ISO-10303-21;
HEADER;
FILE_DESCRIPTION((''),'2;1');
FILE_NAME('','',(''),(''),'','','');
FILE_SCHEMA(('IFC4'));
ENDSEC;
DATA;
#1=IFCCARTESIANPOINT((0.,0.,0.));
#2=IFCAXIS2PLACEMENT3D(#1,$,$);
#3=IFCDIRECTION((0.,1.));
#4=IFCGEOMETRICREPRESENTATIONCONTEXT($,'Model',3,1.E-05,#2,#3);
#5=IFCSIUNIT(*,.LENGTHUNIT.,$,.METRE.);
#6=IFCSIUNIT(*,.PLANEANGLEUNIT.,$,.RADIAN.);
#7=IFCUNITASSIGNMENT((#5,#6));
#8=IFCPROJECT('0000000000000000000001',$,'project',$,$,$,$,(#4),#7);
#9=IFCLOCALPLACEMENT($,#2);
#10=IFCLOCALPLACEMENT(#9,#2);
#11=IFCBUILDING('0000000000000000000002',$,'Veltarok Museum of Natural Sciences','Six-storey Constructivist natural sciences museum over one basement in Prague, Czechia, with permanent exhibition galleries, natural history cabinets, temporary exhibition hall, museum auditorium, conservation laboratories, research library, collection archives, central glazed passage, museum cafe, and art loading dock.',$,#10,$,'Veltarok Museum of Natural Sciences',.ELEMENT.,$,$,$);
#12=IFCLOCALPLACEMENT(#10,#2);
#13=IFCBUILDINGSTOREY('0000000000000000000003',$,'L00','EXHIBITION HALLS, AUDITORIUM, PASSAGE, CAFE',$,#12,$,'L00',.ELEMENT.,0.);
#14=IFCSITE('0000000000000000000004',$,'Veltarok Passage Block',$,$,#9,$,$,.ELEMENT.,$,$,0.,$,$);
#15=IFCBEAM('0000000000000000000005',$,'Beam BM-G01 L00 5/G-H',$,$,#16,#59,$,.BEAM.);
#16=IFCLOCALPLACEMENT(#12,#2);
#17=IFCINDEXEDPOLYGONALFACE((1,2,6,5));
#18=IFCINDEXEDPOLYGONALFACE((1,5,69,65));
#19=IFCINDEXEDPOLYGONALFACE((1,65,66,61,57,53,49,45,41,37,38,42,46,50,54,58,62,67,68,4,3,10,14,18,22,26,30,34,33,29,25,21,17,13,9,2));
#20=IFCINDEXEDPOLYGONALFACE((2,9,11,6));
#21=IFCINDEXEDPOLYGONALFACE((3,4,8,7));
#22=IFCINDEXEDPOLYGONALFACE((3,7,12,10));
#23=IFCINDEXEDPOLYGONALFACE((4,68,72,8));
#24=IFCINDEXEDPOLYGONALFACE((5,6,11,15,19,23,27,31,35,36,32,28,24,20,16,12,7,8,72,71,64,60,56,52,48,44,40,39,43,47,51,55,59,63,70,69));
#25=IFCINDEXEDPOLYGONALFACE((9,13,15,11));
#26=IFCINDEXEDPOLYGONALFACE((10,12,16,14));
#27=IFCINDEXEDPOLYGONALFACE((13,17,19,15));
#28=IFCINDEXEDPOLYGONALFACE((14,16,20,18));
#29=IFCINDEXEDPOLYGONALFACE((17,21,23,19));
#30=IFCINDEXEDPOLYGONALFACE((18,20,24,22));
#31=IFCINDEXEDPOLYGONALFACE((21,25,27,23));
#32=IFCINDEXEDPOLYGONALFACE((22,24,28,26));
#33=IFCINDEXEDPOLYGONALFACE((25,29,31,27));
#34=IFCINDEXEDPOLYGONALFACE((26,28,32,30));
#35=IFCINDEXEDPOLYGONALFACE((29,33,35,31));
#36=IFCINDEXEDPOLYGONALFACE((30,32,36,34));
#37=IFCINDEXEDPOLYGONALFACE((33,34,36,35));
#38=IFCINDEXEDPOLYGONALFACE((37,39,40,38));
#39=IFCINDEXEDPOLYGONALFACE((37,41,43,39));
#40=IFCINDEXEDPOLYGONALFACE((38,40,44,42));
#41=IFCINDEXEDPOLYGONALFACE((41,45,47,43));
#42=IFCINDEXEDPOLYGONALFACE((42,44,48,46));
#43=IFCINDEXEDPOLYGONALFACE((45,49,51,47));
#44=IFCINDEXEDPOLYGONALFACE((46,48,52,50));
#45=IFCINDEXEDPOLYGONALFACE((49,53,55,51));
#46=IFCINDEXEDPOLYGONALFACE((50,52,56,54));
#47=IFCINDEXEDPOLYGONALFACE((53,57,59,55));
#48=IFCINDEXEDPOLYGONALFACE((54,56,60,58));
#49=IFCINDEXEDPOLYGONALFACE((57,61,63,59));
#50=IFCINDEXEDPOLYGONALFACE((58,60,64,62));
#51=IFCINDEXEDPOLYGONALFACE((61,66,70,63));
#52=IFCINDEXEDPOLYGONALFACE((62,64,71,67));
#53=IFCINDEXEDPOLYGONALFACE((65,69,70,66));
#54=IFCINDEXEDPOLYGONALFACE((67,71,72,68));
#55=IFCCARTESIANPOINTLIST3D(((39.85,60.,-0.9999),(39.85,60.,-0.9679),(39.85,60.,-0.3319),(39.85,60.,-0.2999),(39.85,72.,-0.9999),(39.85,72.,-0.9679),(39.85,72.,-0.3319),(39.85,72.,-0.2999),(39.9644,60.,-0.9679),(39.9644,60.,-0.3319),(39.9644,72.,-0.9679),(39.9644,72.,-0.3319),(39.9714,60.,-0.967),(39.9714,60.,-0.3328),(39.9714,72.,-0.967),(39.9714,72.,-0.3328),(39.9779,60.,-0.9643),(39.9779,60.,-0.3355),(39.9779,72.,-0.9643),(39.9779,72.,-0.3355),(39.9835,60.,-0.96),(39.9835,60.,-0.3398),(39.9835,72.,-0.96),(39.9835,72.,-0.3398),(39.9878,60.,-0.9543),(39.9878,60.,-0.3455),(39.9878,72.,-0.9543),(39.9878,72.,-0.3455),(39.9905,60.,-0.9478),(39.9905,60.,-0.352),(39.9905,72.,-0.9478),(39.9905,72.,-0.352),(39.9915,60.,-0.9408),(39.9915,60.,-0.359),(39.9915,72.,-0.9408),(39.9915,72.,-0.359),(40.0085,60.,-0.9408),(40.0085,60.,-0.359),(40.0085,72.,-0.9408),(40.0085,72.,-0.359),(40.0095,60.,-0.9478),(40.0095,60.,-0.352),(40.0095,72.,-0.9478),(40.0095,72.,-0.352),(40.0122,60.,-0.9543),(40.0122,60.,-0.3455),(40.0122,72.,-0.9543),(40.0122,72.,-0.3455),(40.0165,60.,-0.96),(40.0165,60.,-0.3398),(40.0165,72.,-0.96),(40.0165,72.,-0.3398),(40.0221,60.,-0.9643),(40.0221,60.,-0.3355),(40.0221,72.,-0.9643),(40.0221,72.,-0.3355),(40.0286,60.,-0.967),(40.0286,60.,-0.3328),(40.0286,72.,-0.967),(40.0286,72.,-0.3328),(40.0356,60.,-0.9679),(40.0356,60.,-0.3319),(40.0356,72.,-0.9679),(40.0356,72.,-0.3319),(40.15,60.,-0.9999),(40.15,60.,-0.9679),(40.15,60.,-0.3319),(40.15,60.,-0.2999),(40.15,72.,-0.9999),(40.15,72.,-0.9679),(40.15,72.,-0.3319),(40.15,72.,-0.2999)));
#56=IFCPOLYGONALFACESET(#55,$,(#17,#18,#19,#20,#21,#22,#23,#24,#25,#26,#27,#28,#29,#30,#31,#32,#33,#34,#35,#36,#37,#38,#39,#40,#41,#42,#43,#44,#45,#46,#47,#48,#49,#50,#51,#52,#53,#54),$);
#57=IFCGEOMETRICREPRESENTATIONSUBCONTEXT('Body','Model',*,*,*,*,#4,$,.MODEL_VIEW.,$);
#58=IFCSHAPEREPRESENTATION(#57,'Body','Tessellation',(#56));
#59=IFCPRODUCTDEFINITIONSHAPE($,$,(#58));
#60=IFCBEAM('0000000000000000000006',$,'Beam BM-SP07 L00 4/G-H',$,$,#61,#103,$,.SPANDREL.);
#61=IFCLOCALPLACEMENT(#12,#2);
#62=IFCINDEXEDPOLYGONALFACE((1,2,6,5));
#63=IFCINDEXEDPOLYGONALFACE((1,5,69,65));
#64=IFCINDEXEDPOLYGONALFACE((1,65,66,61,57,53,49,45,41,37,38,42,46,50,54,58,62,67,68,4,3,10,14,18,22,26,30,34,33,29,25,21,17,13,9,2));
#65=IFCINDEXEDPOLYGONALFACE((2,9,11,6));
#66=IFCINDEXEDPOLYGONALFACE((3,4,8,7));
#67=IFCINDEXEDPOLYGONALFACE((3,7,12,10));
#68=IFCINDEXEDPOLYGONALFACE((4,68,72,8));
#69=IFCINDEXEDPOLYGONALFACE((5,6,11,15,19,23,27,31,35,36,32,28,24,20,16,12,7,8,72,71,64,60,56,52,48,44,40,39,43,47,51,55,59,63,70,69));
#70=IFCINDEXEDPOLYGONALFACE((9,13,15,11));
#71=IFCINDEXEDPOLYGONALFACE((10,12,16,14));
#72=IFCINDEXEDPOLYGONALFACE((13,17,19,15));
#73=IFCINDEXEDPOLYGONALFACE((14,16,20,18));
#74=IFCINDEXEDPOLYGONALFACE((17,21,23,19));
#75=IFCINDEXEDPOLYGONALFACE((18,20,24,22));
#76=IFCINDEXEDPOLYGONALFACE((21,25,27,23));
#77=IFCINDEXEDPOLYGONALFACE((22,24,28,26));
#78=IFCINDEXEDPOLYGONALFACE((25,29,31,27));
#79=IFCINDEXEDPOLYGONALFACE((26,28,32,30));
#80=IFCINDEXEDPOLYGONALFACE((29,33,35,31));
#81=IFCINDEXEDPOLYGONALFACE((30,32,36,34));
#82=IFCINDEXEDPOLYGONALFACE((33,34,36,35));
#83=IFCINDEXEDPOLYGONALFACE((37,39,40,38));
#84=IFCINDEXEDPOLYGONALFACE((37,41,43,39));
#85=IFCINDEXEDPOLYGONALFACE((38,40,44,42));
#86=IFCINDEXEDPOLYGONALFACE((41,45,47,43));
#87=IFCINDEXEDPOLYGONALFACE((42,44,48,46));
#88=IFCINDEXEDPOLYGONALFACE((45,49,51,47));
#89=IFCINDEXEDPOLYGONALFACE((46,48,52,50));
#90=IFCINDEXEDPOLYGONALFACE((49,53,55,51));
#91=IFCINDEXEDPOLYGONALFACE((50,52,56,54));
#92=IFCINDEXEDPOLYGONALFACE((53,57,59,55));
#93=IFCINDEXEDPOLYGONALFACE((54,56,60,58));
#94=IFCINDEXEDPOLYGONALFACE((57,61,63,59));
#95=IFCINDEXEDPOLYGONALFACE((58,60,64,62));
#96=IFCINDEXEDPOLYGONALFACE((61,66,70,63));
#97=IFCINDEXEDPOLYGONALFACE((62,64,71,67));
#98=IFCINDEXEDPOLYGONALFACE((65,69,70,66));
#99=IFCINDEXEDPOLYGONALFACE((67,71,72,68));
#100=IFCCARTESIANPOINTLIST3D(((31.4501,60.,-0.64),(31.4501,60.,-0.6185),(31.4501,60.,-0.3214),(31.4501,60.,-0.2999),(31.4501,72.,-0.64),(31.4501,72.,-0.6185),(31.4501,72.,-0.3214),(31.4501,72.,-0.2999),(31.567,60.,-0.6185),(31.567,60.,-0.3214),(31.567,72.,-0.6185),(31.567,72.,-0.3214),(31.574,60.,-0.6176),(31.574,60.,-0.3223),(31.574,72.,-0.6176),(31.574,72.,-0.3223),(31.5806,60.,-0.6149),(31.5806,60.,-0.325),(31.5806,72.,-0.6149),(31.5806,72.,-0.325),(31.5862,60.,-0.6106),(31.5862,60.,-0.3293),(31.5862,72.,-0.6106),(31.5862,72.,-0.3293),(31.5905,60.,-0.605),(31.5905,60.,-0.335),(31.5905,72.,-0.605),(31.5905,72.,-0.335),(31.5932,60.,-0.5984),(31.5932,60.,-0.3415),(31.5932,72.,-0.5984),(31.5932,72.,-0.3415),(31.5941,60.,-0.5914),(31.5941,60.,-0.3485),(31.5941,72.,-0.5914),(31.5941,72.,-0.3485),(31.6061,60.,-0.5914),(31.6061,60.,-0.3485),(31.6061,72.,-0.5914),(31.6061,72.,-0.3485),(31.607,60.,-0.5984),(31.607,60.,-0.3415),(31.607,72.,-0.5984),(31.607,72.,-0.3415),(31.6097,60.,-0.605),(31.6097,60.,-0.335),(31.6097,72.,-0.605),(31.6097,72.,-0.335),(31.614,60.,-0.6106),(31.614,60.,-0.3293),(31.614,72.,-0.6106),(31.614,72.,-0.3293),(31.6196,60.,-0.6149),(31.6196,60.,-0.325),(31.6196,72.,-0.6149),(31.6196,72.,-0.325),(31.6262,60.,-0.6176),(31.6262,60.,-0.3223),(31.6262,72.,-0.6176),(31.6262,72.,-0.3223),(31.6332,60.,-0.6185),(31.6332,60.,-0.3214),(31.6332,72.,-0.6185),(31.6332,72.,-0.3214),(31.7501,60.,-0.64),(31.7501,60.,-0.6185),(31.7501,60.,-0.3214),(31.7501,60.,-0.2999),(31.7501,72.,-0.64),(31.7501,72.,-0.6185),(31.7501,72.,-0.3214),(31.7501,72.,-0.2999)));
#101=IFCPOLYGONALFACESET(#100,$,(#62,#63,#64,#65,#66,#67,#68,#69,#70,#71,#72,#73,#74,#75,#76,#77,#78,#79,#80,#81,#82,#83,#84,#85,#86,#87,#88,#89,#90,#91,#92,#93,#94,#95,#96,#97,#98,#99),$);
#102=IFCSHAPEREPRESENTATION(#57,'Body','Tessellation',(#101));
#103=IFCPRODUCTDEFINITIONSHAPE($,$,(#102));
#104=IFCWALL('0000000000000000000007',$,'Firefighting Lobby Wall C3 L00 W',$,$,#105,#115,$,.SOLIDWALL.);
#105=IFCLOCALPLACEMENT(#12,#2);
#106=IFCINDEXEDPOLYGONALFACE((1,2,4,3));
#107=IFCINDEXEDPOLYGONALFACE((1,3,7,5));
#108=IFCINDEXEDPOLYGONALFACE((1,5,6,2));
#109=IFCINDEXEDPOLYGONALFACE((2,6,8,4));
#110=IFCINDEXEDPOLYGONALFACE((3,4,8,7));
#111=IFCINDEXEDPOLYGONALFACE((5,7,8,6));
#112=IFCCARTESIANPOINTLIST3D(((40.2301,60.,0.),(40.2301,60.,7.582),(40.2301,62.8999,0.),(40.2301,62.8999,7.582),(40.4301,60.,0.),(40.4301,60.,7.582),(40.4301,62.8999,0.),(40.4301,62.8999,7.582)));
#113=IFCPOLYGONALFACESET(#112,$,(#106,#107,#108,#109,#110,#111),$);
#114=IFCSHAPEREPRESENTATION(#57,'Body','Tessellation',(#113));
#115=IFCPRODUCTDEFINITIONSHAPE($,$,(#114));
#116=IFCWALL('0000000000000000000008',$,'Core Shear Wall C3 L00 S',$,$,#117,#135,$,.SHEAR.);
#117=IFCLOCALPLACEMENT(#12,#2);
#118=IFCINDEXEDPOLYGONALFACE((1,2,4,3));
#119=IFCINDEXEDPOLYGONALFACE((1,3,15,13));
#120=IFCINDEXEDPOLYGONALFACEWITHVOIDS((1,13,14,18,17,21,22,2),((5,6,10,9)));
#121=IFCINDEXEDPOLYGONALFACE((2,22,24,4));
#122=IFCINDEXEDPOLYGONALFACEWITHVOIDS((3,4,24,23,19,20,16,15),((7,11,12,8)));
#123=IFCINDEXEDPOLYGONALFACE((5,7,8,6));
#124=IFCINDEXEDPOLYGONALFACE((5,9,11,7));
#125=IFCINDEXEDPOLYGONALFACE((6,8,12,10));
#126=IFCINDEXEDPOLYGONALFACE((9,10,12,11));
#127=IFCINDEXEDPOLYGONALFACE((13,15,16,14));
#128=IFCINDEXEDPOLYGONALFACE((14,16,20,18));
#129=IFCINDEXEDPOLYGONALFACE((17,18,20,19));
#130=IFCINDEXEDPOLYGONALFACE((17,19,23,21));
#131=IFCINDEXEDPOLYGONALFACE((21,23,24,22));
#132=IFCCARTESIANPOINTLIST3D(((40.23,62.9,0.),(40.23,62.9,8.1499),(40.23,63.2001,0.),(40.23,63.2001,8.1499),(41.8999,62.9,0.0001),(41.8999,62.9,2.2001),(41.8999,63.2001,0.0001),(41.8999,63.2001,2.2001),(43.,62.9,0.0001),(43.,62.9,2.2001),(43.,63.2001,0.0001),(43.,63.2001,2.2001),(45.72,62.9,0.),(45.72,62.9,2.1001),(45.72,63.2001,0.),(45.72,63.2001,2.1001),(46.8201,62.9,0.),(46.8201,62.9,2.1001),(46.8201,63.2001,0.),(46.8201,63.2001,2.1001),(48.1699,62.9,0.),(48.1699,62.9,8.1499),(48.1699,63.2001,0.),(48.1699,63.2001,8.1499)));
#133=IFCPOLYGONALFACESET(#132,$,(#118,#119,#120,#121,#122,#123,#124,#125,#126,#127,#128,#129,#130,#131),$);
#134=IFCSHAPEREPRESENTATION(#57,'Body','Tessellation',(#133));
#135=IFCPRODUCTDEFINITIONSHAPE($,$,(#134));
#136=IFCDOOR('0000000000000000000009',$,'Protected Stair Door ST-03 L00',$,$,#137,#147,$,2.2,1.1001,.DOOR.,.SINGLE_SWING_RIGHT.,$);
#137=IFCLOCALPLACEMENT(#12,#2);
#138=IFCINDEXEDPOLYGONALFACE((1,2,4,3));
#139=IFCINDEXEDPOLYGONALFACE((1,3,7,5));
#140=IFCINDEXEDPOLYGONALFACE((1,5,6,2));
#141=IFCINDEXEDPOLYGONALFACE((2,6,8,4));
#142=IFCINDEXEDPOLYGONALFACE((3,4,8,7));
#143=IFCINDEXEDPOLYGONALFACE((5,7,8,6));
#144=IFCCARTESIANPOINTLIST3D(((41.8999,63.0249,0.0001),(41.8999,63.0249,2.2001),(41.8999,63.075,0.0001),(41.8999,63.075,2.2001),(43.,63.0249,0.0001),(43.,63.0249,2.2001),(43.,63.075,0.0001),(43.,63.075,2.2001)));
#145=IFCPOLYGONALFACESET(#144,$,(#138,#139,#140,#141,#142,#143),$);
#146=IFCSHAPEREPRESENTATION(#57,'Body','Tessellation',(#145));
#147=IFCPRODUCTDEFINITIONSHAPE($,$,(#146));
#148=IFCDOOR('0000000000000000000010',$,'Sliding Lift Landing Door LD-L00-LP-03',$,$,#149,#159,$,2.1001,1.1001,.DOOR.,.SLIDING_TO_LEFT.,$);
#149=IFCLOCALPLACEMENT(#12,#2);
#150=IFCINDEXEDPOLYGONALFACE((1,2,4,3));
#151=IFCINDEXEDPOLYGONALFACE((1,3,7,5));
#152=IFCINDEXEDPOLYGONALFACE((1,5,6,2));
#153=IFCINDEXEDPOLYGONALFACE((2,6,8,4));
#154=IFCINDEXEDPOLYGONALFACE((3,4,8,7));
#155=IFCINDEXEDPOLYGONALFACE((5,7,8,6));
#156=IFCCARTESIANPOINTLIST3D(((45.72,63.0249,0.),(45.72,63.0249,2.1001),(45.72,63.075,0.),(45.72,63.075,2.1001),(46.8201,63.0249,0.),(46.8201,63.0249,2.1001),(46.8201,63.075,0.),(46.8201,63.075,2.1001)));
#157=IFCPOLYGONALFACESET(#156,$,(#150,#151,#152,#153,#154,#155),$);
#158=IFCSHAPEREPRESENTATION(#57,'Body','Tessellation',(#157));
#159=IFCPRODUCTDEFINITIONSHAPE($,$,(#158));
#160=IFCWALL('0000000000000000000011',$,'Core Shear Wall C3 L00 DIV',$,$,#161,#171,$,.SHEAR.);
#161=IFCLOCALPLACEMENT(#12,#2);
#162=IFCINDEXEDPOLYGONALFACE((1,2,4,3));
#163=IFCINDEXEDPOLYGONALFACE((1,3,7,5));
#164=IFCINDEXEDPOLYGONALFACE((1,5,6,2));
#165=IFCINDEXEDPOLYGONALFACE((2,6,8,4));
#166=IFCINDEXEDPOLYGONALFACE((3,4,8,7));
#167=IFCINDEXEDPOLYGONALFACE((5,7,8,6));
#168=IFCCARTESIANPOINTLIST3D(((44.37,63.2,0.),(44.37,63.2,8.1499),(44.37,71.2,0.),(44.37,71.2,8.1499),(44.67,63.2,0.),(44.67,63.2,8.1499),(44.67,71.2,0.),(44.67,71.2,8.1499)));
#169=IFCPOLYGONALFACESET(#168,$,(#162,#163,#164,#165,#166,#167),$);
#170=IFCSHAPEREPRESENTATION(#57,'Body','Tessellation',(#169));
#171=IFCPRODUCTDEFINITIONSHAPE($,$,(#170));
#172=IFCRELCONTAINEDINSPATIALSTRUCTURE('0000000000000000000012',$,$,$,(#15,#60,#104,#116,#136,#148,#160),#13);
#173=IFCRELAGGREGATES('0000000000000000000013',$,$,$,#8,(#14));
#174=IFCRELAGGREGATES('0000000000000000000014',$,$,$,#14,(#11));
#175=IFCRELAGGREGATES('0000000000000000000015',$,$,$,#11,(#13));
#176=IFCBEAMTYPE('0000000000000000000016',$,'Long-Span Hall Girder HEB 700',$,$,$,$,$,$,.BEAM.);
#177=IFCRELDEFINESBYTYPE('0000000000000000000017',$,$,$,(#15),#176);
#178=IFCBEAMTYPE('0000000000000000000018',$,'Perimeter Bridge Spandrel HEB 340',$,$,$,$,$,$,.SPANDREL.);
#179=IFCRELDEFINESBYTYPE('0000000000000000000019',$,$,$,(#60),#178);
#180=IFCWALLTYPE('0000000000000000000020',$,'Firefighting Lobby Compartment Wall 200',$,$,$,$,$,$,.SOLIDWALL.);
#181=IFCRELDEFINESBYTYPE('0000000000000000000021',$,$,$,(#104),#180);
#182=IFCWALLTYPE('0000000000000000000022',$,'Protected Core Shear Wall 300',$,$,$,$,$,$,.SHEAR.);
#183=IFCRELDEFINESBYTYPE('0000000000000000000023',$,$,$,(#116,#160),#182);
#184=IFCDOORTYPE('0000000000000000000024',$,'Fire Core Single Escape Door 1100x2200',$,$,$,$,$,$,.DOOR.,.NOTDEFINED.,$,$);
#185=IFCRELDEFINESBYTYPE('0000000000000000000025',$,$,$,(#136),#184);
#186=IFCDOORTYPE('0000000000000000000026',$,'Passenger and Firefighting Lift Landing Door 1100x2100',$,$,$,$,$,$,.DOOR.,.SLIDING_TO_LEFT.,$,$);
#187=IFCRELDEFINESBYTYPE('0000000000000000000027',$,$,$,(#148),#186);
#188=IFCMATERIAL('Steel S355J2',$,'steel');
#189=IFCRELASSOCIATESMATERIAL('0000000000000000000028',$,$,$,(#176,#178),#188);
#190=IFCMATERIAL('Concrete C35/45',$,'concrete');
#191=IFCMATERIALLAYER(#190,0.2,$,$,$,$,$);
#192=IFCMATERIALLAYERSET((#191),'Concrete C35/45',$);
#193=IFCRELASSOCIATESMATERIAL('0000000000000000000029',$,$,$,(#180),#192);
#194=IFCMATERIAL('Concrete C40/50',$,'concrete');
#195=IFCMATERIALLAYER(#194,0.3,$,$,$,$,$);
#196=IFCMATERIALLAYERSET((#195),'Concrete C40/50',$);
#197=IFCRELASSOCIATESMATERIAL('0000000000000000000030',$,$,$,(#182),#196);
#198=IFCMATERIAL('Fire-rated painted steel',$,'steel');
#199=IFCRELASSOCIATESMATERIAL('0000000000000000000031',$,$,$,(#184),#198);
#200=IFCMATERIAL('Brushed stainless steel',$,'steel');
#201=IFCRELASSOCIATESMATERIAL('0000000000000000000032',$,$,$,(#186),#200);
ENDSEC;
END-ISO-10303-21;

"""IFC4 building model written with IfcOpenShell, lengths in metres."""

from ifc_helpers import new_model, si_unit, direction, frame, frame_2d, origin, origin_2d, place, context, subcontext, project, spatial, rectangle, i_section, extrude, material, layer, layer_set, material_profile, profile_set, type_object, element, fill, save


model = new_model("IFC4")

# Units and contexts
model_context = context("Model", 3, precision=1e-05, world=origin(), true_north=direction((0.0, 1.0)))
body_context = subcontext(model_context, "Body", "Model", "MODEL_VIEW")
ifc_project = project(units=[si_unit("LENGTHUNIT", "METRE"), si_unit("PLANEANGLEUNIT", "RADIAN")], contexts=[model_context])

# Site, building, storey
site_placement = place(None, origin())
site = spatial("IfcSite", under=ifc_project, at=site_placement, Name="Veltarok Passage Block", CompositionType="ELEMENT", RefElevation=0.0)
building_placement = place(site_placement, origin())
building = spatial("IfcBuilding", under=site, at=building_placement, Name="Veltarok Museum of Natural Sciences", Description="Six-storey Constructivist natural sciences museum over one basement in Prague, Czechia, with permanent exhibition galleries, natural history cabinets, temporary exhibition hall, museum auditorium, conservation laboratories, research library, collection archives, central glazed passage, museum cafe, and art loading dock.", LongName="Veltarok Museum of Natural Sciences", CompositionType="ELEMENT")
storey_placement = place(building_placement, origin())
storey = spatial("IfcBuildingStorey", under=building, at=storey_placement, Name="L00", Description="EXHIBITION HALLS, AUDITORIUM, PASSAGE, CAFE", LongName="L00", CompositionType="ELEMENT", Elevation=0.0)

# Shared definitions
ifc_material_1 = material(Name="Steel S355J2", Category="steel")

# Beams
ifc_material_profile_1 = material_profile(ifc_material_1, i_section(OverallWidth=0.3, OverallDepth=0.7, WebThickness=0.0171, FlangeThickness=0.032, FilletRadius=0.0271, at=origin_2d()), Name="HEB 700")
ifc_profile_set_1 = profile_set([ifc_material_profile_1], Name="Steel S355J2")
beam_type_1 = type_object("IfcBeamType", Name="Long-Span Hall Girder HEB 700", PredefinedType="BEAM", material=ifc_profile_set_1)
beam_1_placement = place(storey_placement, frame((40.0, 60.0, -0.6499), z_axis=(0.0, 1.0, 0.0), x_axis=(-1.0, 0.0, 0.0)))
element("IfcBeam", 1, at=beam_1_placement, inside=storey, type_object=beam_type_1, Name="Beam BM-G01 L00 5/G-H", PredefinedType="BEAM", context=body_context, shape_type="SweptSolid", body=[
    extrude(i_section(OverallWidth=0.3, OverallDepth=0.7, WebThickness=0.0171, FlangeThickness=0.032, FilletRadius=0.0271, at=origin_2d()), origin(), (0.0, 0.0, 1.0), 12.0),
])
ifc_material_profile_2 = material_profile(ifc_material_1, i_section(OverallWidth=0.3, OverallDepth=0.3401, WebThickness=0.012, FlangeThickness=0.0215, FilletRadius=0.0271, at=origin_2d()), Name="HEB 340")
ifc_profile_set_2 = profile_set([ifc_material_profile_2], Name="Steel S355J2")
beam_type_2 = type_object("IfcBeamType", Name="Perimeter Bridge Spandrel HEB 340", PredefinedType="SPANDREL", material=ifc_profile_set_2)
beam_2_placement = place(storey_placement, frame((31.6001, 60.0, -0.47), z_axis=(0.0, 1.0, 0.0), x_axis=(-1.0, 0.0, 0.0)))
element("IfcBeam", 2, at=beam_2_placement, inside=storey, type_object=beam_type_2, Name="Beam BM-SP07 L00 4/G-H", PredefinedType="SPANDREL", context=body_context, shape_type="SweptSolid", body=[
    extrude(i_section(OverallWidth=0.3, OverallDepth=0.3401, WebThickness=0.012, FlangeThickness=0.0215, FilletRadius=0.0271, at=origin_2d()), origin(), (0.0, 0.0, 1.0), 12.0),
])

# Wall
ifc_material_2 = material(Name="Concrete C35/45", Category="concrete")
ifc_layer_1 = layer(ifc_material_2, 0.2)
ifc_layer_set_1 = layer_set([ifc_layer_1], Name="Concrete C35/45")
wall_type_1 = type_object("IfcWallType", Name="Firefighting Lobby Compartment Wall 200", PredefinedType="SOLIDWALL", material=ifc_layer_set_1)
wall_1_placement = place(storey_placement, frame((40.3301, 60.0, 0.0), z_axis=(0.0, 0.0, 1.0), x_axis=(0.0, 1.0, 0.0)))
element("IfcWall", 3, at=wall_1_placement, inside=storey, type_object=wall_type_1, Name="Firefighting Lobby Wall C3 L00 W", PredefinedType="SOLIDWALL", context=body_context, shape_type="SweptSolid", body=[
    extrude(rectangle(XDim=2.8999, YDim=0.2, at=frame_2d((1.45, 0.0))), origin(), (0.0, 0.0, 1.0), 7.582),
])

# Wall, openings, doors
ifc_material_3 = material(Name="Concrete C40/50", Category="concrete")
ifc_layer_2 = layer(ifc_material_3, 0.3)
ifc_layer_set_2 = layer_set([ifc_layer_2], Name="Concrete C40/50")
wall_type_2 = type_object("IfcWallType", Name="Protected Core Shear Wall 300", PredefinedType="SHEAR", material=ifc_layer_set_2)
wall_2_placement = place(storey_placement, frame((40.23, 63.05, 0.0), z_axis=(0.0, 0.0, 1.0), x_axis=(1.0, 0.0, 0.0)))
wall_2 = element("IfcWall", 4, at=wall_2_placement, inside=storey, type_object=wall_type_2, Name="Core Shear Wall C3 L00 S", PredefinedType="SHEAR", context=body_context, shape_type="SweptSolid", body=[
    extrude(rectangle(XDim=7.9399, YDim=0.3, at=frame_2d((3.97, 0.0))), origin(), (0.0, 0.0, 1.0), 8.1499),
])
opening_1_placement = place(wall_2_placement, frame((1.6699, 0.0, 0.0)))
opening_1 = element("IfcOpeningElement", 5, at=opening_1_placement, cuts=wall_2, PredefinedType="OPENING", context=body_context, shape_type="SweptSolid", body=[
    extrude(rectangle(XDim=1.1001, YDim=2.2, at=frame_2d((0.55, 1.1001))), frame((0.0, 0.1602, 0.0), z_axis=(0.0, -1.0, 0.0), x_axis=(1.0, 0.0, 0.0)), (0.0, 0.0, 1.0), 0.3201),
])
opening_2_placement = place(wall_2_placement, frame((5.49, 0.0, 0.0)))
opening_2 = element("IfcOpeningElement", 6, at=opening_2_placement, cuts=wall_2, PredefinedType="OPENING", context=body_context, shape_type="SweptSolid", body=[
    extrude(rectangle(XDim=1.1001, YDim=2.1001, at=frame_2d((0.55, 1.05))), frame((0.0, 0.1602, 0.0), z_axis=(0.0, -1.0, 0.0), x_axis=(1.0, 0.0, 0.0)), (0.0, 0.0, 1.0), 0.3201),
])
ifc_material_4 = material(Name="Fire-rated painted steel", Category="steel")
door_type_1 = type_object("IfcDoorType", Name="Fire Core Single Escape Door 1100x2200", OperationType="NOTDEFINED", PredefinedType="DOOR", material=ifc_material_4)
door_1_placement = place(opening_1_placement, origin())
door_1 = element("IfcDoor", 7, at=door_1_placement, inside=storey, type_object=door_type_1, Name="Protected Stair Door ST-03 L00", OperationType="SINGLE_SWING_RIGHT", OverallHeight=2.2, OverallWidth=1.1001, PredefinedType="DOOR", context=body_context, shape_type="SweptSolid", body=[
    extrude(rectangle(XDim=1.1001, YDim=2.2, at=frame_2d((0.55, 1.1001))), frame((0.0, 0.0249, 0.0), z_axis=(0.0, -1.0, 0.0), x_axis=(1.0, 0.0, 0.0)), (0.0, 0.0, 1.0), 0.05),
])
fill(opening_1, door_1)
ifc_material_5 = material(Name="Brushed stainless steel", Category="steel")
door_type_2 = type_object("IfcDoorType", Name="Passenger and Firefighting Lift Landing Door 1100x2100", OperationType="SLIDING_TO_LEFT", PredefinedType="DOOR", material=ifc_material_5)
door_2_placement = place(opening_2_placement, origin())
door_2 = element("IfcDoor", 8, at=door_2_placement, inside=storey, type_object=door_type_2, Name="Sliding Lift Landing Door LD-L00-LP-03", OperationType="SLIDING_TO_LEFT", OverallHeight=2.1001, OverallWidth=1.1001, PredefinedType="DOOR", context=body_context, shape_type="SweptSolid", body=[
    extrude(rectangle(XDim=1.1001, YDim=2.1001, at=frame_2d((0.55, 1.05))), frame((0.0, 0.0249, 0.0), z_axis=(0.0, -1.0, 0.0), x_axis=(1.0, 0.0, 0.0)), (0.0, 0.0, 1.0), 0.05),
])
fill(opening_2, door_2)

# Wall
wall_3_placement = place(storey_placement, frame((44.52, 63.2, 0.0), z_axis=(0.0, 0.0, 1.0), x_axis=(0.0, 1.0, 0.0)))
element("IfcWall", 9, at=wall_3_placement, inside=storey, type_object=wall_type_2, Name="Core Shear Wall C3 L00 DIV", PredefinedType="SHEAR", context=body_context, shape_type="SweptSolid", body=[
    extrude(rectangle(XDim=8.0, YDim=0.3, at=frame_2d((4.0, 0.0))), origin(), (0.0, 0.0, 1.0), 8.1499),
])

save(model, "model.ifc")
